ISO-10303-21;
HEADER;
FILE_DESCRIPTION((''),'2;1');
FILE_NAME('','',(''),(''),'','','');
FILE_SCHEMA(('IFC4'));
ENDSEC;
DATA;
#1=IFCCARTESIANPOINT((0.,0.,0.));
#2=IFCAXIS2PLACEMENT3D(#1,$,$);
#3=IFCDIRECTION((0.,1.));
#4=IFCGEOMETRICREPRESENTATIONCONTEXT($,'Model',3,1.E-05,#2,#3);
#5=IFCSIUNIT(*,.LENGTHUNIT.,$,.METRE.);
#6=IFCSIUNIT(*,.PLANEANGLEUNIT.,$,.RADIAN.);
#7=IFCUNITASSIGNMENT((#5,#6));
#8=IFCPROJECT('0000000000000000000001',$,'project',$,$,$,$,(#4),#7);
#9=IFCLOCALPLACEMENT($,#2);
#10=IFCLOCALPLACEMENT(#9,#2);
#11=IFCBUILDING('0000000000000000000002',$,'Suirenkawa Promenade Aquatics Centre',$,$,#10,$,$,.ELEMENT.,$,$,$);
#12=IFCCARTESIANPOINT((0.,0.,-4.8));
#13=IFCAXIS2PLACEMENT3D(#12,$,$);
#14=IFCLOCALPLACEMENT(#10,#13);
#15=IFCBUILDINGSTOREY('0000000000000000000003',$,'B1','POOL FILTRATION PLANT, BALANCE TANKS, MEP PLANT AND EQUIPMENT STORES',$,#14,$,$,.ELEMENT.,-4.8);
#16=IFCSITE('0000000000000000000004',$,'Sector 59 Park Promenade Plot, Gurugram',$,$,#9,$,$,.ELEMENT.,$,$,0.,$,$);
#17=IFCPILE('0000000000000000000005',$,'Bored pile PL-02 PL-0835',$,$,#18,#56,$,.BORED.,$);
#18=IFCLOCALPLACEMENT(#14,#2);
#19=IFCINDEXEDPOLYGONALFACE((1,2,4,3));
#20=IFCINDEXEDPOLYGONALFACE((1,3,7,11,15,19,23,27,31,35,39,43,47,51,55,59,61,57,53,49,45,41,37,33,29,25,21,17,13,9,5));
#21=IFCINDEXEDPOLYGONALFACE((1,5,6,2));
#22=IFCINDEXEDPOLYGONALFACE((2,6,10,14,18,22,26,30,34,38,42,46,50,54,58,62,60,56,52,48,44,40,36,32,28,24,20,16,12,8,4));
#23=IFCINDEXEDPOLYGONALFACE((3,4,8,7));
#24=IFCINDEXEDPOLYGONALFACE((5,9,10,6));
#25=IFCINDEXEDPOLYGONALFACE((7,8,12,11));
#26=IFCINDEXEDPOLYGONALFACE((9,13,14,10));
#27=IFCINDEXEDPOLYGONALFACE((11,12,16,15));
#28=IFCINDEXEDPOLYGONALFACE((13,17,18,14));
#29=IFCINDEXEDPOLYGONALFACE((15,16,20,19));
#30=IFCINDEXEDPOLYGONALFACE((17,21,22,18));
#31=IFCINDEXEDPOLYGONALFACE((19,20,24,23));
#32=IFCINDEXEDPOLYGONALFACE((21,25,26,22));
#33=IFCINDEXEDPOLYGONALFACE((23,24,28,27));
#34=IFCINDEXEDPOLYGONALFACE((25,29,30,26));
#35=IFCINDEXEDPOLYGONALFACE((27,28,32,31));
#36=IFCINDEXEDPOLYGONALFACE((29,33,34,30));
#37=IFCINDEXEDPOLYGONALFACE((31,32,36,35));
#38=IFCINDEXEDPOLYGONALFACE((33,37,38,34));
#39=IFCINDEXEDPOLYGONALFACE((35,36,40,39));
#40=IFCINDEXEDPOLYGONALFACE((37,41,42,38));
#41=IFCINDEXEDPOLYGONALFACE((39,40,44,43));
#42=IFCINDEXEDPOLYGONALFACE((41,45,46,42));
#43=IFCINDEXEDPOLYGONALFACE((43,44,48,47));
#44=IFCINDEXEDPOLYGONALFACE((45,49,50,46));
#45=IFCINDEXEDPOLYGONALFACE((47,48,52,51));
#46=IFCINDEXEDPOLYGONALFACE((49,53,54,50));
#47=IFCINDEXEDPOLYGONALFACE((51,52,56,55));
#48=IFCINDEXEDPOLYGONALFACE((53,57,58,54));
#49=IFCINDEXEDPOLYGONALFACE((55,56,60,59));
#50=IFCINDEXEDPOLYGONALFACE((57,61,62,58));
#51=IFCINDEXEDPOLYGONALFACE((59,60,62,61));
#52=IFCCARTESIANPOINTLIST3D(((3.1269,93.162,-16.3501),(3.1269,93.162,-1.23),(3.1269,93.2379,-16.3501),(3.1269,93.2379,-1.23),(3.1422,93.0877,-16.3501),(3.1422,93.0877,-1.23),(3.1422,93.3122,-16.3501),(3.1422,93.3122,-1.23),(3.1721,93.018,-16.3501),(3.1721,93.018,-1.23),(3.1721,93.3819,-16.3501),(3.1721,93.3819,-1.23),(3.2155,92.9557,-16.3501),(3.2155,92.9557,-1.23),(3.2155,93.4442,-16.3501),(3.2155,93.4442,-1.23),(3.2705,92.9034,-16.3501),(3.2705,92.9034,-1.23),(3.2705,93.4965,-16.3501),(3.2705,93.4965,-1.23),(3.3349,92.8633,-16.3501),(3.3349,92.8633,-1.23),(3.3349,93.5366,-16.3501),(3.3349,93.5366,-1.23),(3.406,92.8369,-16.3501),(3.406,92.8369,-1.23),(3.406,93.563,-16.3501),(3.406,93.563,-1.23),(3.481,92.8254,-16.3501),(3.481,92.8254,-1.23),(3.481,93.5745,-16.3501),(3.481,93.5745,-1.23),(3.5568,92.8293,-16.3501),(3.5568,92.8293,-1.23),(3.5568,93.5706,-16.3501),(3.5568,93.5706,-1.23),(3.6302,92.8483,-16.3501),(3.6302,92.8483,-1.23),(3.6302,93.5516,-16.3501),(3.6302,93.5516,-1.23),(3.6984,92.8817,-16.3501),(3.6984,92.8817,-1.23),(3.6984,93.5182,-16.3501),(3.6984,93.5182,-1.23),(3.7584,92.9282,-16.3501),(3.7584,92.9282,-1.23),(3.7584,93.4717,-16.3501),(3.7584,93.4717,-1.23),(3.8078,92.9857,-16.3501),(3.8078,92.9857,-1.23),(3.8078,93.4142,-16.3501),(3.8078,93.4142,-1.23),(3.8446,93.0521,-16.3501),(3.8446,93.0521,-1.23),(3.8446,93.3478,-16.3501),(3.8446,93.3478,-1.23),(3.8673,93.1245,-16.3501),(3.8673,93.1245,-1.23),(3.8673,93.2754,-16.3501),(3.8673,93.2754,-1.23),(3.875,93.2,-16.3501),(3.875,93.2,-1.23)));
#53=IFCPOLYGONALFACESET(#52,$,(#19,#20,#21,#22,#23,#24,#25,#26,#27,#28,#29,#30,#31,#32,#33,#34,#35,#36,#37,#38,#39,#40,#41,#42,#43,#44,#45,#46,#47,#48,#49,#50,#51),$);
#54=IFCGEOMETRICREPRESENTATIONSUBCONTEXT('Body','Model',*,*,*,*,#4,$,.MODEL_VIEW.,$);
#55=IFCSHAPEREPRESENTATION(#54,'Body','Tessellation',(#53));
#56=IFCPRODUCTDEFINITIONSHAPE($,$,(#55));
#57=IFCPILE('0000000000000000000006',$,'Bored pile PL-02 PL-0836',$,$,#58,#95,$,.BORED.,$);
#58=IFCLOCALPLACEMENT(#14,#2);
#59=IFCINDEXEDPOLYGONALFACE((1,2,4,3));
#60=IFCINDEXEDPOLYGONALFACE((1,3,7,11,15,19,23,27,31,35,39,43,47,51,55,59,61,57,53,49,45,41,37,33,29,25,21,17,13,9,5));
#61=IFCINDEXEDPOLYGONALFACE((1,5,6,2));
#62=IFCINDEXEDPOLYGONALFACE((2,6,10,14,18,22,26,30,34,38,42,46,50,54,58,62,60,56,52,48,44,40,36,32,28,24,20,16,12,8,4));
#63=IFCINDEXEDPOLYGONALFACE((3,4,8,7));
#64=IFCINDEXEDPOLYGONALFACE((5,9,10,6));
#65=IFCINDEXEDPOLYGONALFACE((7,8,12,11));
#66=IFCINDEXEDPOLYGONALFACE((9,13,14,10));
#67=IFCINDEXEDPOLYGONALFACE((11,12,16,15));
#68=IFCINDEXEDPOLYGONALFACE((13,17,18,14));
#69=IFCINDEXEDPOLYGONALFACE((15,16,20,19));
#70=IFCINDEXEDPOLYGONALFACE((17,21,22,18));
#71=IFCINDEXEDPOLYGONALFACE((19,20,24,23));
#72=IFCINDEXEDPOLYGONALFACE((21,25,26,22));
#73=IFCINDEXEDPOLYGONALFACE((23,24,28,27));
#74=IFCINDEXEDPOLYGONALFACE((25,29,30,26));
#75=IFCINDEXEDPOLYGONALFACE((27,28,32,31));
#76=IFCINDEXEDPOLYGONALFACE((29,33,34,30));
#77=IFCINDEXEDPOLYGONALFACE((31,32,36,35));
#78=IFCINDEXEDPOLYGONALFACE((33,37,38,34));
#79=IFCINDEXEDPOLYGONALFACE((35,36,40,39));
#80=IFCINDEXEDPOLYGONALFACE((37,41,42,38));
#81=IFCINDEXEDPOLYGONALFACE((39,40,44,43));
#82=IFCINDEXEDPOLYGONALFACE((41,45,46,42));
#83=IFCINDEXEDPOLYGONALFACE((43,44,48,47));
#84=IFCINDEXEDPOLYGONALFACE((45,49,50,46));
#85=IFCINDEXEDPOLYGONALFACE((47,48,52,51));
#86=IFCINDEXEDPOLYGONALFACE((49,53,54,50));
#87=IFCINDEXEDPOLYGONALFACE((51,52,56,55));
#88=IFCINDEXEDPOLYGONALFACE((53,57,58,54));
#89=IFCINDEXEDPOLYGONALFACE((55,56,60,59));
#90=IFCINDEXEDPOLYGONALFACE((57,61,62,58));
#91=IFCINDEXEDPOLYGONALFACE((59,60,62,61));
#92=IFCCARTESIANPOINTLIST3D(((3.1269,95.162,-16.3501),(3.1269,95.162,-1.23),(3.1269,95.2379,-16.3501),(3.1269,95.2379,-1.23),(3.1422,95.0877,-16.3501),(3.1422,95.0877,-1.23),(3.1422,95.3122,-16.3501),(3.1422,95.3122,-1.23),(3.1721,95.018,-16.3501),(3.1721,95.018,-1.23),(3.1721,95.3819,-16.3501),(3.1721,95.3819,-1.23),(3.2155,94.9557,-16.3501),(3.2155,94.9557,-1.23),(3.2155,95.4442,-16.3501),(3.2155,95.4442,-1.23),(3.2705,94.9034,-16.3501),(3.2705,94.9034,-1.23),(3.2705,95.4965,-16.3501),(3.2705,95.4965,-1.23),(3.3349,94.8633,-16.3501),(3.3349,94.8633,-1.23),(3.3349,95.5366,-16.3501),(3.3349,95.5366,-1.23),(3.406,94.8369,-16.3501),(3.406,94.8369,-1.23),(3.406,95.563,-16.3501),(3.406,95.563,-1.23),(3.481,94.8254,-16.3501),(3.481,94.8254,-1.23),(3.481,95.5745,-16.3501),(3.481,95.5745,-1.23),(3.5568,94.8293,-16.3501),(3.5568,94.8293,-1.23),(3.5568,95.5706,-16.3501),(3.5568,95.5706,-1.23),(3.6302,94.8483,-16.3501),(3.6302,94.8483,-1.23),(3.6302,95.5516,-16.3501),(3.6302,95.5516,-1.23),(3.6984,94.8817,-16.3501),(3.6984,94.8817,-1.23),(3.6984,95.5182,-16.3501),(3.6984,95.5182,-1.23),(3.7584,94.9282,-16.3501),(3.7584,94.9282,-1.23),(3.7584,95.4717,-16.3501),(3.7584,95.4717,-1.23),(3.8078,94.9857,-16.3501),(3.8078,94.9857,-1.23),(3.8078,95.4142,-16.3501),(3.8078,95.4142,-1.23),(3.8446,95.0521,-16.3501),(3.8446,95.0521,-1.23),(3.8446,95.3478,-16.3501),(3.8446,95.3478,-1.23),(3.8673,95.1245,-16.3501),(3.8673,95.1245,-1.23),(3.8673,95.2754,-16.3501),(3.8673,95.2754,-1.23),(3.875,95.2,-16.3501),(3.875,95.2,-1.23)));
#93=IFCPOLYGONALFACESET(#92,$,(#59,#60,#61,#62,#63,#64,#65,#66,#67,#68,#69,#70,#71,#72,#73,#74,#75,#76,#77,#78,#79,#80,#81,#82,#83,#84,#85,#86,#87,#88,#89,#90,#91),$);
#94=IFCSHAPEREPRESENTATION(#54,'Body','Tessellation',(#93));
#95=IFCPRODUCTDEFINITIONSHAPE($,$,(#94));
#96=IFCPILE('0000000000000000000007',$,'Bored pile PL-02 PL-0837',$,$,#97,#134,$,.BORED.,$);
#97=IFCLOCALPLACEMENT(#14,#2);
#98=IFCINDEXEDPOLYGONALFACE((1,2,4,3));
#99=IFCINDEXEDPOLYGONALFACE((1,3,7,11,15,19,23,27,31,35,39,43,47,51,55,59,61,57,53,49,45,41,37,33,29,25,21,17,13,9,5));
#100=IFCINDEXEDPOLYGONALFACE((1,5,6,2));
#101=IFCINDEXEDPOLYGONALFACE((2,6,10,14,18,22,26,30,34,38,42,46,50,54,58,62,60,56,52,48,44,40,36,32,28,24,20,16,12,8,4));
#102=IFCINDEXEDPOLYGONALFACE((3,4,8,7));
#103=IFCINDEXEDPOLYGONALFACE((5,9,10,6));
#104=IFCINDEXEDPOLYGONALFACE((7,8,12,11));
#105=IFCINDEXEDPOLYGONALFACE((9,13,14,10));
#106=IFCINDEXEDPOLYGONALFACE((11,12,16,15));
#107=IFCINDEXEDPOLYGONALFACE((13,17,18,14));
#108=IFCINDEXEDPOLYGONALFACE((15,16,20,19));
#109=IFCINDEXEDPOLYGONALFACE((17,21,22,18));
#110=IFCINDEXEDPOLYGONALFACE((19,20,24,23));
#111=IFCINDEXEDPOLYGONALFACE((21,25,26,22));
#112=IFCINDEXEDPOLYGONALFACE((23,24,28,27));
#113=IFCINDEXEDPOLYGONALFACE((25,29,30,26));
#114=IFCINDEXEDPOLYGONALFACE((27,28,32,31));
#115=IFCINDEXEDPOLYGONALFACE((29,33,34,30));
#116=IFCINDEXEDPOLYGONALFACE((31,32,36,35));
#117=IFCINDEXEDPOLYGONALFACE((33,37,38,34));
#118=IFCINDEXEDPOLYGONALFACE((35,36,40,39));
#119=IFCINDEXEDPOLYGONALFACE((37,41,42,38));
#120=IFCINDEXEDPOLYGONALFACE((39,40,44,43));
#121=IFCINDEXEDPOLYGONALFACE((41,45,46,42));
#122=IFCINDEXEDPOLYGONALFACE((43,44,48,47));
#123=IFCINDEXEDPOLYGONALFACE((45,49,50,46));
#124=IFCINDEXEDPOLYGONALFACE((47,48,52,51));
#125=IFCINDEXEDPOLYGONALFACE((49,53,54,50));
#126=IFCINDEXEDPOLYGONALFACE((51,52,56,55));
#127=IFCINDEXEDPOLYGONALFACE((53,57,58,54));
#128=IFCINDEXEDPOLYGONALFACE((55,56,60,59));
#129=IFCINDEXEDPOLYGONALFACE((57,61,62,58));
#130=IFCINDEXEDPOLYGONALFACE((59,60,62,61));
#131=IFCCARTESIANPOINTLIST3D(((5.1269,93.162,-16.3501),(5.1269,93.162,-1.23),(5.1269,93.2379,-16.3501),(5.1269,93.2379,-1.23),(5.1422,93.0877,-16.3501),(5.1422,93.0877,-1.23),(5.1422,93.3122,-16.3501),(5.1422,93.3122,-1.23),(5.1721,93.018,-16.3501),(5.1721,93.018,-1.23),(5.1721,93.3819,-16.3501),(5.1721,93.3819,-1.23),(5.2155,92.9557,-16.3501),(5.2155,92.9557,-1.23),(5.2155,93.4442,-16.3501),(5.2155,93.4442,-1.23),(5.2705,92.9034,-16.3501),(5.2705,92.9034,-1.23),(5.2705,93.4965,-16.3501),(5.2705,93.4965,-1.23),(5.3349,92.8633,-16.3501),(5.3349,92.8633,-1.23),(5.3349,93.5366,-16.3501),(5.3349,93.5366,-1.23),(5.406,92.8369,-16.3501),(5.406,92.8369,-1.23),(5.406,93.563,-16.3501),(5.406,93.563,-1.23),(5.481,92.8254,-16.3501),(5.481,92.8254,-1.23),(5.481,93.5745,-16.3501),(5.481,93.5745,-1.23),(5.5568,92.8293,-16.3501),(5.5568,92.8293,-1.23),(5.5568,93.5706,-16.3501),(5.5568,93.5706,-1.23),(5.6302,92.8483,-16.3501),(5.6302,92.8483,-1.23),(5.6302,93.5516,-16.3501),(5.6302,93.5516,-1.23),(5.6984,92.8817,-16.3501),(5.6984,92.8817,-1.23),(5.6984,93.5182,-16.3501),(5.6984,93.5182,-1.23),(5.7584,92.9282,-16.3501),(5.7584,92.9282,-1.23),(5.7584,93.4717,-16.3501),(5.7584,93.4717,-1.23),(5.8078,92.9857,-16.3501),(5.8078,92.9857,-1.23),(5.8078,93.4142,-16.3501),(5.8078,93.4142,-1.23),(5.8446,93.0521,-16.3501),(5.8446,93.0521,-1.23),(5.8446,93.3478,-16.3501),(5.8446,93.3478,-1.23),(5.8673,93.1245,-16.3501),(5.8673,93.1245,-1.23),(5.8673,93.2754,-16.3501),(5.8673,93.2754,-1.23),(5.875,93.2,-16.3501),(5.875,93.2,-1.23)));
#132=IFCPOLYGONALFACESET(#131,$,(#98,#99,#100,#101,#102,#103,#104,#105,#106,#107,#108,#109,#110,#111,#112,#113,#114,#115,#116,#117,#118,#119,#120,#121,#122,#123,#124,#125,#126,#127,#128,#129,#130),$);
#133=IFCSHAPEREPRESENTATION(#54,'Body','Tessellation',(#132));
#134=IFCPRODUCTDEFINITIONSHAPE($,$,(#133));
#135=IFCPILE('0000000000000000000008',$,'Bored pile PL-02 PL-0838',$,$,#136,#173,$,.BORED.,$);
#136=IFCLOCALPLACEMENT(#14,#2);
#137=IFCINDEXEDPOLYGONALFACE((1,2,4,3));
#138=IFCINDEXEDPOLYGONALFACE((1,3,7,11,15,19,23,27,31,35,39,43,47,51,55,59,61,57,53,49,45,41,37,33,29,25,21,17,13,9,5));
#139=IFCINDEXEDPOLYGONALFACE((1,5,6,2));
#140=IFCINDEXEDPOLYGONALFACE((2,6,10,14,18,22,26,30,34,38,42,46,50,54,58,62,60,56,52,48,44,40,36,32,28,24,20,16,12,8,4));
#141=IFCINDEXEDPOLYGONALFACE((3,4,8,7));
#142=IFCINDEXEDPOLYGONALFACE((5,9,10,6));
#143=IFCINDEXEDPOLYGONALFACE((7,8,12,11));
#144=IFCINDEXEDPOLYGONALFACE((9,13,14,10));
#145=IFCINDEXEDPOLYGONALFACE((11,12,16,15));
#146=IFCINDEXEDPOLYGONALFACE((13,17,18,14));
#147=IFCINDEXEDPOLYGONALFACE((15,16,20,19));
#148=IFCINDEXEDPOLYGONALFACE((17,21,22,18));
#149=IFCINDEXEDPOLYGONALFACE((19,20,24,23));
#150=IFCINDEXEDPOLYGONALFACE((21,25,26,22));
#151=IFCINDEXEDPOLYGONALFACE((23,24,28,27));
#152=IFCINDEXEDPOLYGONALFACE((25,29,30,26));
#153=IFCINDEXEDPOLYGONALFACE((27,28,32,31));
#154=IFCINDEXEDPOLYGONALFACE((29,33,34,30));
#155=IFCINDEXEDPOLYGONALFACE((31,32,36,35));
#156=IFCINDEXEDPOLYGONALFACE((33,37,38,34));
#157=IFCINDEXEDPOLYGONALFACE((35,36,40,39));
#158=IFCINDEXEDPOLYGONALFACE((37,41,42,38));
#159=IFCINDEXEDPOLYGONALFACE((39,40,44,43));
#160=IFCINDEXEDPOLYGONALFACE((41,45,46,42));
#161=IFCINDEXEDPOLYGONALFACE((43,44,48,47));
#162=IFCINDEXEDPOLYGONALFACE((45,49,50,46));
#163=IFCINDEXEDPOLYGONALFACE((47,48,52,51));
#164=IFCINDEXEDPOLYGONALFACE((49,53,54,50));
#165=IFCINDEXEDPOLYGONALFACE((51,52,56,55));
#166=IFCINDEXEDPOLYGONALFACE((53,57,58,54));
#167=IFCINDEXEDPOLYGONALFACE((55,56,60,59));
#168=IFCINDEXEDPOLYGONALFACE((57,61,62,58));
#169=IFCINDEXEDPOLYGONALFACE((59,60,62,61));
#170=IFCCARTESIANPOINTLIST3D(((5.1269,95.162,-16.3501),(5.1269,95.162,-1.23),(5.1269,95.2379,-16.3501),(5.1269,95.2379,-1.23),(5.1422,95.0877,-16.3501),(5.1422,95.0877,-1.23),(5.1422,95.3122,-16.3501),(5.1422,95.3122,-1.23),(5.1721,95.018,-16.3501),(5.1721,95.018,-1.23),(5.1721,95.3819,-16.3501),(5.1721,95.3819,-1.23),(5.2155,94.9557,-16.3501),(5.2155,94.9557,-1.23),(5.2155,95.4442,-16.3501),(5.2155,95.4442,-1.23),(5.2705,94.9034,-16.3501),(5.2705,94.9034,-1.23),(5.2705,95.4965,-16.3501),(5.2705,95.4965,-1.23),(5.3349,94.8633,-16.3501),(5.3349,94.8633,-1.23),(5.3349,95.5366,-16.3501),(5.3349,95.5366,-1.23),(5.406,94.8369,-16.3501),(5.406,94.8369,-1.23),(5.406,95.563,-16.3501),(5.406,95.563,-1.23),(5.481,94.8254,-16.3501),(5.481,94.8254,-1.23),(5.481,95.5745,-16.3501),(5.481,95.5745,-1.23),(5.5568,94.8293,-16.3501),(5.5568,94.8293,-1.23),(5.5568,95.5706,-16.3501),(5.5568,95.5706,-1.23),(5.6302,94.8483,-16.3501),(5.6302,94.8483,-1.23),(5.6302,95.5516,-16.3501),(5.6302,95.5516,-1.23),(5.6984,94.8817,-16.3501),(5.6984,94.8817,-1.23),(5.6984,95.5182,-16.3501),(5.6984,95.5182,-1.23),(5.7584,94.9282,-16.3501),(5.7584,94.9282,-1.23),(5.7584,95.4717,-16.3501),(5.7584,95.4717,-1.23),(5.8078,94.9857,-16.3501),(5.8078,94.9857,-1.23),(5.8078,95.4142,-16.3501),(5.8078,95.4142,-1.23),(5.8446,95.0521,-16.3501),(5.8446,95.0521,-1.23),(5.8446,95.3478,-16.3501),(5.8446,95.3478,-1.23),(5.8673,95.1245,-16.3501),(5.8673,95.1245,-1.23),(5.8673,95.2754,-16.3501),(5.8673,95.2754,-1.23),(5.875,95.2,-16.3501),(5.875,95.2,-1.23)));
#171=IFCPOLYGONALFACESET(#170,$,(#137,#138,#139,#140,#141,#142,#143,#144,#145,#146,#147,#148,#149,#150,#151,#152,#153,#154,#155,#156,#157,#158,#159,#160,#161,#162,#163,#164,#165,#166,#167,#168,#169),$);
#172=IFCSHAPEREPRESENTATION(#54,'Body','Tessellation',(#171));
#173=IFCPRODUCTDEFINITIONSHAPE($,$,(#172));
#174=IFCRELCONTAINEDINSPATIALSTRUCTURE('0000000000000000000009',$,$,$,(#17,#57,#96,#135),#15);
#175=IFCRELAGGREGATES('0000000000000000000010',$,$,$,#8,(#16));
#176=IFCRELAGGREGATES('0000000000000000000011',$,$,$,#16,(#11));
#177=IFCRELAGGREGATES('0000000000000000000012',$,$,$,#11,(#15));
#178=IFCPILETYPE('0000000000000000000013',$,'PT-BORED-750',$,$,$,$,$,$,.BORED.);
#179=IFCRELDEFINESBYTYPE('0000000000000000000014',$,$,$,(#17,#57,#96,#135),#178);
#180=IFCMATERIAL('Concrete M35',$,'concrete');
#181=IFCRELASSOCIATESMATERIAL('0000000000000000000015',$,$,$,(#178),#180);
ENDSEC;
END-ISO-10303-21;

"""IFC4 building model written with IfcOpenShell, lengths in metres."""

from ifc_helpers import new_model, si_unit, direction, frame, origin, origin_2d, place, context, subcontext, project, spatial, circle, extrude, material, material_profile, profile_set, type_object, element, save


model = new_model("IFC4")

# Units and contexts
model_context = context("Model", 3, precision=1e-05, world=origin(), true_north=direction((0.0, 1.0)))
body_context = subcontext(model_context, "Body", "Model", "MODEL_VIEW")
ifc_project = project(units=[si_unit("LENGTHUNIT", "METRE"), si_unit("PLANEANGLEUNIT", "RADIAN")], contexts=[model_context])

# Site, building, storey
site_placement = place(None, origin())
site = spatial("IfcSite", under=ifc_project, at=site_placement, Name="Sector 59 Park Promenade Plot, Gurugram", CompositionType="ELEMENT", RefElevation=0.0)
building_placement = place(site_placement, origin())
building = spatial("IfcBuilding", under=site, at=building_placement, Name="Suirenkawa Promenade Aquatics Centre", CompositionType="ELEMENT")
storey_placement = place(building_placement, frame((0.0, 0.0, -4.8)))
storey = spatial("IfcBuildingStorey", under=building, at=storey_placement, Name="B1", Description="POOL FILTRATION PLANT, BALANCE TANKS, MEP PLANT AND EQUIPMENT STORES", CompositionType="ELEMENT", Elevation=-4.8)

# Shared definitions
ifc_material_1 = material(Name="Concrete M35", Category="concrete")

# Piles
ifc_material_profile_1 = material_profile(ifc_material_1, circle(Radius=0.375, at=origin_2d()), Name="PILE D750", Category="concrete")
ifc_profile_set_1 = profile_set([ifc_material_profile_1], Name="Concrete M35")
pile_type_1 = type_object("IfcPileType", Name="PT-BORED-750", PredefinedType="BORED", material=ifc_profile_set_1)
for number, where, z_axis, x_axis, name in (
    (1, (3.5, 93.2, -1.23), (0.0, 0.0, -1.0), (1.0, 0.0, 0.0), "Bored pile PL-02 PL-0835"),
    (2, (3.5, 95.2, -1.23), (0.0, 0.0, -1.0), (1.0, 0.0, 0.0), "Bored pile PL-02 PL-0836"),
    (3, (5.5, 93.2, -1.23), (0.0, 0.0, -1.0), (1.0, 0.0, 0.0), "Bored pile PL-02 PL-0837"),
    (4, (5.5, 95.2, -1.23), (0.0, 0.0, -1.0), (1.0, 0.0, 0.0), "Bored pile PL-02 PL-0838"),
):
    element("IfcPile", number, at=place(storey_placement, frame(where, z_axis=z_axis, x_axis=x_axis)), inside=storey, type_object=pile_type_1, Name=name, PredefinedType="BORED", context=body_context, shape_type="SweptSolid", body=[
        extrude(circle(Radius=0.375, at=origin_2d()), origin(), (0.0, 0.0, 1.0), 15.1201),
    ])

save(model, "model.ifc")
